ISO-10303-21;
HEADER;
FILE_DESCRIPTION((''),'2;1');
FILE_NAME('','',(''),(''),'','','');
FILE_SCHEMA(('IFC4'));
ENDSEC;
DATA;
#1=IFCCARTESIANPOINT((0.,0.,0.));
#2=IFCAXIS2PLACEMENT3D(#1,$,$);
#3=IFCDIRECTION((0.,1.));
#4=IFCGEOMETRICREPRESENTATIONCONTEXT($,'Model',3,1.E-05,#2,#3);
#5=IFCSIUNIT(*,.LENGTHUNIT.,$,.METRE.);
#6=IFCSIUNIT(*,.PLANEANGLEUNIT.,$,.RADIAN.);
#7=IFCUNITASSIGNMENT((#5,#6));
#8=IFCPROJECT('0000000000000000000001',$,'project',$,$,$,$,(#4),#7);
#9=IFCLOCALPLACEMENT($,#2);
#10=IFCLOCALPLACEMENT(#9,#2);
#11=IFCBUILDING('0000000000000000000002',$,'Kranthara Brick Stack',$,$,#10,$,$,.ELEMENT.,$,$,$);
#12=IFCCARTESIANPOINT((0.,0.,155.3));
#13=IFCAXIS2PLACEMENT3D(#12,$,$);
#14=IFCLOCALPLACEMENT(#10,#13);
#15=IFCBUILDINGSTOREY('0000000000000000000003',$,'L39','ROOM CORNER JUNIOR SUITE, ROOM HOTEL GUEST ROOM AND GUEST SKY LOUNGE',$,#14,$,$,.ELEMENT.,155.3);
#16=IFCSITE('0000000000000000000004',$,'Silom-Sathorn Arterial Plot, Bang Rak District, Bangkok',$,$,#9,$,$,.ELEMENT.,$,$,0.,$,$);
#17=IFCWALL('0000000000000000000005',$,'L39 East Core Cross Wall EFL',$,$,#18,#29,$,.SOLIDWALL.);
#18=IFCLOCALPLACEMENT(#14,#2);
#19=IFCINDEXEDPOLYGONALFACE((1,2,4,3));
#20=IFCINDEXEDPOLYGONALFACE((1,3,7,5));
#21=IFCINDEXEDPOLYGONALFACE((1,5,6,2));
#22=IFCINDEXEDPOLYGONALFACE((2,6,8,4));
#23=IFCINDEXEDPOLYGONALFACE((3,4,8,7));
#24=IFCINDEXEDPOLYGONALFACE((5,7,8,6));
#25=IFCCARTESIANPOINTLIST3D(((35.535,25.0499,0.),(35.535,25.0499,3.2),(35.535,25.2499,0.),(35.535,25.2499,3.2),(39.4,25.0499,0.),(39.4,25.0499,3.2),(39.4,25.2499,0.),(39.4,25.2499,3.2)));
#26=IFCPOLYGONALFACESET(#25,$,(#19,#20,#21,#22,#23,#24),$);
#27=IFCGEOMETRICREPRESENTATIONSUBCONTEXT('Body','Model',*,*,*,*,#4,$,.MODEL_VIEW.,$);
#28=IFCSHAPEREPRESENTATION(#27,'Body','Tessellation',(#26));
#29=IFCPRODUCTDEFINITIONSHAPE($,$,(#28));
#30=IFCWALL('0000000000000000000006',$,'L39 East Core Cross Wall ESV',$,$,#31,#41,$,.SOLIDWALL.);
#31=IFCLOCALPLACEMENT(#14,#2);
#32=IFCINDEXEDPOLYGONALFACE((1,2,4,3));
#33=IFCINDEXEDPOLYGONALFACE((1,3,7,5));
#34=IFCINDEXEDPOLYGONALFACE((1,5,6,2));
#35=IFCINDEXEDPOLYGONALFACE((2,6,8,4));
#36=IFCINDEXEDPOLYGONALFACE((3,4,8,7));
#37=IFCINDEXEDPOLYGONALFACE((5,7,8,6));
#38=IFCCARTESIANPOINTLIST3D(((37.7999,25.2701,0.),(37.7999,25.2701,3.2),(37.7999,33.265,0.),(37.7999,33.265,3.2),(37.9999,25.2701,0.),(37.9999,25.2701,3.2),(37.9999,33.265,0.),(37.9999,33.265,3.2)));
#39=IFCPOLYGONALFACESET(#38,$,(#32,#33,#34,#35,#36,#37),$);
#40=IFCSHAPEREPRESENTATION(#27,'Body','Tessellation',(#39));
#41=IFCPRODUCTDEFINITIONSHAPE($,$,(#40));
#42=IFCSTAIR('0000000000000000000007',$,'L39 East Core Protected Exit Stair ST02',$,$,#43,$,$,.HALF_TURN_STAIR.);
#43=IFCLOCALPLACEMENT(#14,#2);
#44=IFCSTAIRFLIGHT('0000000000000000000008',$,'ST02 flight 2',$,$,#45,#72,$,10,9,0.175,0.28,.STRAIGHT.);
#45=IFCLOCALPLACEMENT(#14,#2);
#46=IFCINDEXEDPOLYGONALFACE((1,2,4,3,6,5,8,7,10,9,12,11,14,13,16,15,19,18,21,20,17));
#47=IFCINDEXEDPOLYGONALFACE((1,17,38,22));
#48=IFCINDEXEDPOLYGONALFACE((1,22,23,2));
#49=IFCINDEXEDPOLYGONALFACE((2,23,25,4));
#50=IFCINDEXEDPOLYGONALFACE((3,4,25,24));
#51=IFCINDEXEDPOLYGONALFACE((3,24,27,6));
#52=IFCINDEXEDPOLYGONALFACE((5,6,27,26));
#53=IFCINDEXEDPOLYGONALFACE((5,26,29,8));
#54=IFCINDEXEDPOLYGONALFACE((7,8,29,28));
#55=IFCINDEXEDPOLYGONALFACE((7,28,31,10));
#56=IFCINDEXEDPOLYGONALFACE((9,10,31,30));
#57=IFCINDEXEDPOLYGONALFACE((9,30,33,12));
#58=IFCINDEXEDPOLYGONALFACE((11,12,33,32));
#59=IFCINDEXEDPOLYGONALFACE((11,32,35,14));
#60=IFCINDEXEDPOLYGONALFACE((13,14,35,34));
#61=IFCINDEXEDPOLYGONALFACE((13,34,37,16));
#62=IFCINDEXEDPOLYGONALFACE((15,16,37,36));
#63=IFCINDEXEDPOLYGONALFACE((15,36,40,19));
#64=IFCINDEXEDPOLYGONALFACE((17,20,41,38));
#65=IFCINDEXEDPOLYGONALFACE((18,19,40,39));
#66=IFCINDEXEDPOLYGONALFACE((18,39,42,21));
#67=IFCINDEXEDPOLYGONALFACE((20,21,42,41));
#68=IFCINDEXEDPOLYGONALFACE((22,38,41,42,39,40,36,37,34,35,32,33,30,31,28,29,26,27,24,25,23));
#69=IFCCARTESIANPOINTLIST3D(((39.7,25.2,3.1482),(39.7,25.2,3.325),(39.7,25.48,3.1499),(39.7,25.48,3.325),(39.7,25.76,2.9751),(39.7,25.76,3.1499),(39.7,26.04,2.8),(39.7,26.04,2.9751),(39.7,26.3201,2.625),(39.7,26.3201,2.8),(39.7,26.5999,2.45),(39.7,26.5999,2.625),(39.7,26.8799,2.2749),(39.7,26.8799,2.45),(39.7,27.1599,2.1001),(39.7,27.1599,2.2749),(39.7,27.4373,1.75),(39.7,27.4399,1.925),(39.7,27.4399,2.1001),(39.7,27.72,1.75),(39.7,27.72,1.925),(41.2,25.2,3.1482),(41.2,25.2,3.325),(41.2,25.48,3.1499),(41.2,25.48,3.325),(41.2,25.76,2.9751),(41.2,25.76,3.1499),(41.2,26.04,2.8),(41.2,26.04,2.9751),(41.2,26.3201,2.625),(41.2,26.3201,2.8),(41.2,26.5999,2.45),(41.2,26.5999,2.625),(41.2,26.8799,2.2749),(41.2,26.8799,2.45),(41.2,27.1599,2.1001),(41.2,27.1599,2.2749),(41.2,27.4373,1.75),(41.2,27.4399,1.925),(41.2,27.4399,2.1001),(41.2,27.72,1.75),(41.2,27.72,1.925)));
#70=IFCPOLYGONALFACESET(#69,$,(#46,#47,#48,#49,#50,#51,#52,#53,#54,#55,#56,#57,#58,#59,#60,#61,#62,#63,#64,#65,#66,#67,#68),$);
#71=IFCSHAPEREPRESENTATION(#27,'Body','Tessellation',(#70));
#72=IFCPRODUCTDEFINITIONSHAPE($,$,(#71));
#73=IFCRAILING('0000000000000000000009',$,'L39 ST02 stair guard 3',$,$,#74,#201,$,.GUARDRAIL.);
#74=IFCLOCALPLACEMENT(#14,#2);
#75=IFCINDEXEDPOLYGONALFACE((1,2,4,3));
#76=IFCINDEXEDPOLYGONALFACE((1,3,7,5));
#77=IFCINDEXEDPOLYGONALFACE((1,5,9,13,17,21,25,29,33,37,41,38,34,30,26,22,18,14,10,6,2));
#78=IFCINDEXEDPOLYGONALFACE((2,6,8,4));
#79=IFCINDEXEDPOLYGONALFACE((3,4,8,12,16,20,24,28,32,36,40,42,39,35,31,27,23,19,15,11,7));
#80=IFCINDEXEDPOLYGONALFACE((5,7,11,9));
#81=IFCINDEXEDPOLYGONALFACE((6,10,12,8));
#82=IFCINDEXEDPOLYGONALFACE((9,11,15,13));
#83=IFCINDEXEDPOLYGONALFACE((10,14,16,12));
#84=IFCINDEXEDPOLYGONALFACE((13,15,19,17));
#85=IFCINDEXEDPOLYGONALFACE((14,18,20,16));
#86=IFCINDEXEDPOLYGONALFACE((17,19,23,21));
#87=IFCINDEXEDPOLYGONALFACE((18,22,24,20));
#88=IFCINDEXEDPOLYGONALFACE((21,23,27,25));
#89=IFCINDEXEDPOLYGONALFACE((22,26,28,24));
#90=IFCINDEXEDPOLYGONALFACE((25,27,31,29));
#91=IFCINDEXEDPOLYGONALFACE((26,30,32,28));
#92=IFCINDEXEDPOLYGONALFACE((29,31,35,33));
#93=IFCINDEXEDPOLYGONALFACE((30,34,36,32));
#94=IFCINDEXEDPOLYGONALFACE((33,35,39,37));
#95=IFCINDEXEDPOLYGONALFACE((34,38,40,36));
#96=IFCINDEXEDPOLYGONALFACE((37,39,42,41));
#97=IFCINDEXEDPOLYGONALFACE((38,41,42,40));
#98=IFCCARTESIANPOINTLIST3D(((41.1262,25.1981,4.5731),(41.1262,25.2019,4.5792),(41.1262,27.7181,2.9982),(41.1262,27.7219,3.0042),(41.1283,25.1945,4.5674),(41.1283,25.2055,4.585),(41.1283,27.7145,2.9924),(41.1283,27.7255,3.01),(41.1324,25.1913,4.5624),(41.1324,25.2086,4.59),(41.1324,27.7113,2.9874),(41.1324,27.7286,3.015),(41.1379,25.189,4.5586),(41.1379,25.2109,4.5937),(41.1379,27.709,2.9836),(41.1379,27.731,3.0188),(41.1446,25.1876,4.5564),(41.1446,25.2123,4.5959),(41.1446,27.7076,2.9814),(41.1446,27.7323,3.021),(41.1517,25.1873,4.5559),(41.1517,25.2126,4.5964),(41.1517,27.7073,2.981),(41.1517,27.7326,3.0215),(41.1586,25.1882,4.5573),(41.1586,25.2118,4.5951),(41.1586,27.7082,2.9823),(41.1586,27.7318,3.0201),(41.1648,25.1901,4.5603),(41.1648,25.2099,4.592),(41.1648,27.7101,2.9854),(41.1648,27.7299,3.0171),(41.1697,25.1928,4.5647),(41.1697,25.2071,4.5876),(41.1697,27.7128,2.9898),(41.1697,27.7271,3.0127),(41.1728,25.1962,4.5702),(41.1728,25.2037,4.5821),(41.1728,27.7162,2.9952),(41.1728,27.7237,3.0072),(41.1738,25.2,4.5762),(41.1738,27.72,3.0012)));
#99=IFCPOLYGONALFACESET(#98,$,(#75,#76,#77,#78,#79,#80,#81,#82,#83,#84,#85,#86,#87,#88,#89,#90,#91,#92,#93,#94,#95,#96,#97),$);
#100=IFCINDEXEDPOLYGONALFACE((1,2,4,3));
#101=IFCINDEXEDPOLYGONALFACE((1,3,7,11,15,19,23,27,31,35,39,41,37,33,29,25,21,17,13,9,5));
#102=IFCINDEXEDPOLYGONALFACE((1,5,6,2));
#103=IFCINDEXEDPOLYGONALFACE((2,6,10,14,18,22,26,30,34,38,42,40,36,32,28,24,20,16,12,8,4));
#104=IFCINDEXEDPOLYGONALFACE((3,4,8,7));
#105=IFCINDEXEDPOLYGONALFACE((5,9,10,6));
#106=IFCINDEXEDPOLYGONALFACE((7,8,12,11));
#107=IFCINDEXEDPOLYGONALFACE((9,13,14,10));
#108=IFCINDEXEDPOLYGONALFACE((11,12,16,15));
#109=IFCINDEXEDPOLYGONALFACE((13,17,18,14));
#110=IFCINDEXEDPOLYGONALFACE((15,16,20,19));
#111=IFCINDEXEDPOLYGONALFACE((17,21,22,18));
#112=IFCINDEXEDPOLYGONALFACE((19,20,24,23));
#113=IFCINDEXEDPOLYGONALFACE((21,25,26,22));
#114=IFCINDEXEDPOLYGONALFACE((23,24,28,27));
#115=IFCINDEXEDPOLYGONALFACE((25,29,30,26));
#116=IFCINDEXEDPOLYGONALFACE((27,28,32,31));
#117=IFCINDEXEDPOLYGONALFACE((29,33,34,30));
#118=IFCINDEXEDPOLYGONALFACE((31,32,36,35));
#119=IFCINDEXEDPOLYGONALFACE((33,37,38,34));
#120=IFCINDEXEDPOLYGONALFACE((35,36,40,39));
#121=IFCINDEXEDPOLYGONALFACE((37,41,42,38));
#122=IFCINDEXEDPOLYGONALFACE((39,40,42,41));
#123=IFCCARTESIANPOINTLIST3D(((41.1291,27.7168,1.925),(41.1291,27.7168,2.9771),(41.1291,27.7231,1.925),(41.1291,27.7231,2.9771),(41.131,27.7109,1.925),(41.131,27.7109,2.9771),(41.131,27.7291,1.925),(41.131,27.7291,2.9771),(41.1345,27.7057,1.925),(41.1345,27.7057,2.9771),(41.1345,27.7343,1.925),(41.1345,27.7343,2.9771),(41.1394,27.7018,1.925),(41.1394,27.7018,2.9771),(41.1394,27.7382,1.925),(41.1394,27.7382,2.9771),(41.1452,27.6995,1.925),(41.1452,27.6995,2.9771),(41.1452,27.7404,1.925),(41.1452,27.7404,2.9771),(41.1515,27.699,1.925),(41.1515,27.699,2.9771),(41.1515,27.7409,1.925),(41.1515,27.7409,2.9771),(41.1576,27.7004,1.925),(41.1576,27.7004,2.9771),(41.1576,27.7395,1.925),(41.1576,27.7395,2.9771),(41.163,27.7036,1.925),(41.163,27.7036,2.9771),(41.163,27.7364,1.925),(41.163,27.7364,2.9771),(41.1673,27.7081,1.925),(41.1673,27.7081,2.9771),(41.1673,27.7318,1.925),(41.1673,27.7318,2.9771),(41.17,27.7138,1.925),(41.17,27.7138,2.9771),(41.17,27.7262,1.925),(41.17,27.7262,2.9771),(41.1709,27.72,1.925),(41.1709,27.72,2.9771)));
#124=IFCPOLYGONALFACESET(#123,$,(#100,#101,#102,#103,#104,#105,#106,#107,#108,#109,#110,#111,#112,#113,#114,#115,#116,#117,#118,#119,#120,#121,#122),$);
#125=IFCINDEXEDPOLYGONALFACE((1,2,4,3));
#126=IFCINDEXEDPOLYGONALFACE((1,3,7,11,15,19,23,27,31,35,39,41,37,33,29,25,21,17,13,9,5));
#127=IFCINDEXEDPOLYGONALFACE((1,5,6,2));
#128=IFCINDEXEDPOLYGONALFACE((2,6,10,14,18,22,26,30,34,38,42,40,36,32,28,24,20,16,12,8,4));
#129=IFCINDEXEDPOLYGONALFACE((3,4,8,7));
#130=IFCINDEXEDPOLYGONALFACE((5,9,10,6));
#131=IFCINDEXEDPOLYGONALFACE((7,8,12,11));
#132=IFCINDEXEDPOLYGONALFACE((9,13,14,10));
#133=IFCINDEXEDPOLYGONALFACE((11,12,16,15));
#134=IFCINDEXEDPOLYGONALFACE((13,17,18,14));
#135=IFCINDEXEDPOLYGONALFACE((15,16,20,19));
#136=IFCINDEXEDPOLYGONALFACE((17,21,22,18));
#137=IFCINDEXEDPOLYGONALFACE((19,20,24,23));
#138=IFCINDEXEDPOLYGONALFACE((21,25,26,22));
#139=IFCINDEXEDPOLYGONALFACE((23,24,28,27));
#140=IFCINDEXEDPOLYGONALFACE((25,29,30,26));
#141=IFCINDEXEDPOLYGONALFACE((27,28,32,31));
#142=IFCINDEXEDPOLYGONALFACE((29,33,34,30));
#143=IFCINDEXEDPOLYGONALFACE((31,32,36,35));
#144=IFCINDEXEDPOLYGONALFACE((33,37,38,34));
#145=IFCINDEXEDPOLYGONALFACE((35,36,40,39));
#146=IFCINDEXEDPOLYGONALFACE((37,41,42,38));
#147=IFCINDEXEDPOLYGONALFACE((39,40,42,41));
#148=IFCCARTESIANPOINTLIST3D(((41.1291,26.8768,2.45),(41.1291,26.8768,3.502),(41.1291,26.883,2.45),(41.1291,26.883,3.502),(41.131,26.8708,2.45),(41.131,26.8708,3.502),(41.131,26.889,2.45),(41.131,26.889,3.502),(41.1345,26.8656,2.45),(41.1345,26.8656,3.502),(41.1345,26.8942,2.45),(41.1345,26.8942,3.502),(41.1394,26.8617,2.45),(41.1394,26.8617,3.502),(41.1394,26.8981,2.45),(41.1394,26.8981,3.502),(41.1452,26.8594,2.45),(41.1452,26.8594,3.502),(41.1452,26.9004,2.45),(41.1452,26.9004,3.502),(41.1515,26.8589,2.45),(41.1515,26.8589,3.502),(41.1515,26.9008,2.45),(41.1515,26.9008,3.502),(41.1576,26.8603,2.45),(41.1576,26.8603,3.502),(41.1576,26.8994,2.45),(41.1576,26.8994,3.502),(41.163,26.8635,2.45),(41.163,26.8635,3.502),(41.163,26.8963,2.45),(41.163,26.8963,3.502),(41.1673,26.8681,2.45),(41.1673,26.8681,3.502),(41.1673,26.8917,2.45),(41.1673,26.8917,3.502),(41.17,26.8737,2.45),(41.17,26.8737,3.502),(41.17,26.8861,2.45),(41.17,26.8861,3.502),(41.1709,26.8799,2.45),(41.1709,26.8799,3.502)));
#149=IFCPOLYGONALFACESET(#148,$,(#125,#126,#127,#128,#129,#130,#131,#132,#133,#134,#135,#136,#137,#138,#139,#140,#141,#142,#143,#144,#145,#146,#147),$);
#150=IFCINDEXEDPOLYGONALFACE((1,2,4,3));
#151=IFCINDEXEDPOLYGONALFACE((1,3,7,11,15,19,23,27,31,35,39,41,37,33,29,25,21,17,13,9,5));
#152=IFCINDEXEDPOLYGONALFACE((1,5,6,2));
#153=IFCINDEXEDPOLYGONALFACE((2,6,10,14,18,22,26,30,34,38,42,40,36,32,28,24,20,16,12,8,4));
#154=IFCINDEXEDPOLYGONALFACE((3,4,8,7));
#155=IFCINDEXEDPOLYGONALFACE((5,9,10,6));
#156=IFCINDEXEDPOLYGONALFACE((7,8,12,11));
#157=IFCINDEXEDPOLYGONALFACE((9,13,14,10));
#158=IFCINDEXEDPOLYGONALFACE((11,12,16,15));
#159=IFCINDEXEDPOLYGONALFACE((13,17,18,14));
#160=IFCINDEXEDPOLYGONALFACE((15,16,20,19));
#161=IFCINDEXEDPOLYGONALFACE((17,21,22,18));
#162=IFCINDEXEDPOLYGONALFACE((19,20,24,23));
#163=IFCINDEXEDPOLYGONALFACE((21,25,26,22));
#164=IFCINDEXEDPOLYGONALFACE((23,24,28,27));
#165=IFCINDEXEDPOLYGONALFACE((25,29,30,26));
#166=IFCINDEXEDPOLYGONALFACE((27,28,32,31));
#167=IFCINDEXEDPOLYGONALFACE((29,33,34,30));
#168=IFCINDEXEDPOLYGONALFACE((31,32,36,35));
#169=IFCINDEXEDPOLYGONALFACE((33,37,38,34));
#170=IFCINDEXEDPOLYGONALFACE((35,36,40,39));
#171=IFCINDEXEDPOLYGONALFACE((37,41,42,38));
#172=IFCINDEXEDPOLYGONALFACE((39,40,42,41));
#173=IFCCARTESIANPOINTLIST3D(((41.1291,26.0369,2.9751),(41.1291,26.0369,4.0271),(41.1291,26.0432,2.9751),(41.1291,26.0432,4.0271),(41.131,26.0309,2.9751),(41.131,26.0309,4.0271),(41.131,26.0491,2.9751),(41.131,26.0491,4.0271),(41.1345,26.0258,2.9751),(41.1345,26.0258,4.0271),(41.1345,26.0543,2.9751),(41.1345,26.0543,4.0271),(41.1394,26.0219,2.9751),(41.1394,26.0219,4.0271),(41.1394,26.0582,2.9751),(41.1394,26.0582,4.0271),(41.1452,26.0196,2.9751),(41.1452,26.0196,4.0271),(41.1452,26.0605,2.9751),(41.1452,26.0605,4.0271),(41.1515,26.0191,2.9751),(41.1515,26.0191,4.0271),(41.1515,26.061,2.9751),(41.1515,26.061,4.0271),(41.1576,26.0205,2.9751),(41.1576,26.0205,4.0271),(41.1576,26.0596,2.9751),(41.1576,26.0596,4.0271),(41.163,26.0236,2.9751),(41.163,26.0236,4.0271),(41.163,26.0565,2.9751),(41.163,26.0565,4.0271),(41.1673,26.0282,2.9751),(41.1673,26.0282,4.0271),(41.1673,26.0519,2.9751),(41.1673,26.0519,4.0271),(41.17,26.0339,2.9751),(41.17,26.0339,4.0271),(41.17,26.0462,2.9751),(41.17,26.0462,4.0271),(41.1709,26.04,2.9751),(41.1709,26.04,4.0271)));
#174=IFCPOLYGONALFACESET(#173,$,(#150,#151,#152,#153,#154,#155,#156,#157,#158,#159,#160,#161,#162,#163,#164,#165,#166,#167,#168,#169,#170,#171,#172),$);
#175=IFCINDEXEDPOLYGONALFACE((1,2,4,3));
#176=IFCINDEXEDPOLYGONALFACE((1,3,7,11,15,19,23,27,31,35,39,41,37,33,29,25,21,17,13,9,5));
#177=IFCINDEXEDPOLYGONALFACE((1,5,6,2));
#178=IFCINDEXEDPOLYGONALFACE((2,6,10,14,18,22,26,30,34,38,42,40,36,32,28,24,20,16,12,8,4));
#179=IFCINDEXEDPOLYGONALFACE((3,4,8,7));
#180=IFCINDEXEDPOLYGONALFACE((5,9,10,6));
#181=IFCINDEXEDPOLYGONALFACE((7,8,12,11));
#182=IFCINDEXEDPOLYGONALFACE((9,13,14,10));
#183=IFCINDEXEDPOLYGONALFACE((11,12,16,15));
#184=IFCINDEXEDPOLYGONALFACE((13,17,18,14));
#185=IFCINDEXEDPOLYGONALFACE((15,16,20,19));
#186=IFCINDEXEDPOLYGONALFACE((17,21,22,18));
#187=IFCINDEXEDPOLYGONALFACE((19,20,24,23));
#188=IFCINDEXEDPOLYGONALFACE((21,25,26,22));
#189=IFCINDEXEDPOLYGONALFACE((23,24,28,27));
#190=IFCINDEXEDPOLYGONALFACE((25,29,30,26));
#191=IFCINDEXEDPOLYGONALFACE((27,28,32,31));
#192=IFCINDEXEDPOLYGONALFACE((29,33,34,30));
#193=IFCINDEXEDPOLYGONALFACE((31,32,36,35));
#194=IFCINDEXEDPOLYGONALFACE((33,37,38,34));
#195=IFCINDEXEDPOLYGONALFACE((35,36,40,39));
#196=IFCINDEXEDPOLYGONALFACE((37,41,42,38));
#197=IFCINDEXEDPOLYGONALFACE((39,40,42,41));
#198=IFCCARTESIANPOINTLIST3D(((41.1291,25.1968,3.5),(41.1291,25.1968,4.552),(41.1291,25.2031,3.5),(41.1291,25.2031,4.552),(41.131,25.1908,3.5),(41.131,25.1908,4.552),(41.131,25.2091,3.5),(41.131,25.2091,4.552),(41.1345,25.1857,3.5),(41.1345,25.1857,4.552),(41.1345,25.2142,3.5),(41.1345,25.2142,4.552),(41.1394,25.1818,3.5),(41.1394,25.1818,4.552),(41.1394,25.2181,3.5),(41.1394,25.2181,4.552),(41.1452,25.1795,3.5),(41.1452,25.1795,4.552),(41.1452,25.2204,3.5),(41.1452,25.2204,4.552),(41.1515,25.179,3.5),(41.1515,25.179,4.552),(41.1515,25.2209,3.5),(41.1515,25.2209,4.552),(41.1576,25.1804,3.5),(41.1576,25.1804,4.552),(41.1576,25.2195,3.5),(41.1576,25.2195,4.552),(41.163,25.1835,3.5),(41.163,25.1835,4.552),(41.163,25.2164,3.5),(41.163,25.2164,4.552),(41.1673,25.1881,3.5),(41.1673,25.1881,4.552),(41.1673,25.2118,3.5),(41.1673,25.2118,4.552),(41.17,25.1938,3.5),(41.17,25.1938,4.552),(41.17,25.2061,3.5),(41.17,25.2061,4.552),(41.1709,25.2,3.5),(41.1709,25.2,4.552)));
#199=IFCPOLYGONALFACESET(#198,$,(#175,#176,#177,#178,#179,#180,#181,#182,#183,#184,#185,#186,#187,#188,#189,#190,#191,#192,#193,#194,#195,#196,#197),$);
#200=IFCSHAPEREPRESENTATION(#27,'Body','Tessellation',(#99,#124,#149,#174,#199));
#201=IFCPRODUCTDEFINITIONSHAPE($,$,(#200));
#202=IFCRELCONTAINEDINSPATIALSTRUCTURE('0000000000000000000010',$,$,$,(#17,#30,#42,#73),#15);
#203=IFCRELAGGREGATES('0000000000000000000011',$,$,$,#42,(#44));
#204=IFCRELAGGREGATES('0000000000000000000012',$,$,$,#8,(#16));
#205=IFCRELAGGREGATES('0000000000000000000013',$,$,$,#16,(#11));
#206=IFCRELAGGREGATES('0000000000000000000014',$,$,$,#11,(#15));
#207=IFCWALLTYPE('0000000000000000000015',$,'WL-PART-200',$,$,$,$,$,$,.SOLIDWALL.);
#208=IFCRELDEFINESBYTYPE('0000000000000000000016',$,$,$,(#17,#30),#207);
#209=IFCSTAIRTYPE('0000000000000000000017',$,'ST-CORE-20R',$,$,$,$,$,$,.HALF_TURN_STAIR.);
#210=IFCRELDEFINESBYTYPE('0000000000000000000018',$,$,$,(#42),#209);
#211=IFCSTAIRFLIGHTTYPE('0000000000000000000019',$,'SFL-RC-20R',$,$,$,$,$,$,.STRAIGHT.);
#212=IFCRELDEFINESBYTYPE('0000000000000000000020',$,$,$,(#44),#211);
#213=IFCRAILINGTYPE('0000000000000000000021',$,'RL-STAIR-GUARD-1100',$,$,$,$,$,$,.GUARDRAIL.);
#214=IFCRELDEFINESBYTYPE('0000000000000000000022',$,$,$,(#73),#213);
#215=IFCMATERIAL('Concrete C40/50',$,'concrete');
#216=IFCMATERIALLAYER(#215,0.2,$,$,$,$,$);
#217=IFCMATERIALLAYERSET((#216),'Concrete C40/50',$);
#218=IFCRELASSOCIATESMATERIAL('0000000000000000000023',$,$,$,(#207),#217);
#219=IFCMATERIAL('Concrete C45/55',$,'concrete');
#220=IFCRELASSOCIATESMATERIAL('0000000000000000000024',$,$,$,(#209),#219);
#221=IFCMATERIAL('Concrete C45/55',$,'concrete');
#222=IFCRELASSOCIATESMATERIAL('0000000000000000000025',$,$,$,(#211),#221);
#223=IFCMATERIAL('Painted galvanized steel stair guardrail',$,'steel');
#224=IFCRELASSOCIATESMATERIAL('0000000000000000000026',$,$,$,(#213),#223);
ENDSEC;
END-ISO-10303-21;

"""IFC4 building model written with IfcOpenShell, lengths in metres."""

from ifc_helpers import new_model, si_unit, direction, frame, frame_2d, origin, origin_2d, place, context, subcontext, project, spatial, polyline, rectangle, circle, outline, extrude, material, layer, layer_set, type_object, element, aggregate, save


model = new_model("IFC4")

# Units and contexts
model_context = context("Model", 3, precision=1e-05, world=origin(), true_north=direction((0.0, 1.0)))
body_context = subcontext(model_context, "Body", "Model", "MODEL_VIEW")
ifc_project = project(units=[si_unit("LENGTHUNIT", "METRE"), si_unit("PLANEANGLEUNIT", "RADIAN")], contexts=[model_context])

# Site, building, storey
site_placement = place(None, origin())
site = spatial("IfcSite", under=ifc_project, at=site_placement, Name="Silom-Sathorn Arterial Plot, Bang Rak District, Bangkok", CompositionType="ELEMENT", RefElevation=0.0)
building_placement = place(site_placement, origin())
building = spatial("IfcBuilding", under=site, at=building_placement, Name="Kranthara Brick Stack", CompositionType="ELEMENT")
storey_placement = place(building_placement, frame((0.0, 0.0, 155.3)))
storey = spatial("IfcBuildingStorey", under=building, at=storey_placement, Name="L39", Description="ROOM CORNER JUNIOR SUITE, ROOM HOTEL GUEST ROOM AND GUEST SKY LOUNGE", CompositionType="ELEMENT", Elevation=155.3)

# Walls
ifc_material_1 = material(Name="Concrete C40/50", Category="concrete")
ifc_layer_1 = layer(ifc_material_1, 0.2)
ifc_layer_set_1 = layer_set([ifc_layer_1], Name="Concrete C40/50")
wall_type_1 = type_object("IfcWallType", Name="WL-PART-200", PredefinedType="SOLIDWALL", material=ifc_layer_set_1)
wall_1_placement = place(storey_placement, frame((35.5349, 25.1499, 0.0), z_axis=(0.0, 0.0, 1.0), x_axis=(1.0, 0.0, 0.0)))
element("IfcWall", 1, at=wall_1_placement, inside=storey, type_object=wall_type_1, Name="L39 East Core Cross Wall EFL", PredefinedType="SOLIDWALL", context=body_context, shape_type="SweptSolid", body=[
    extrude(rectangle(XDim=3.865, YDim=0.2, at=frame_2d((1.9326, 0.0))), origin(), (0.0, 0.0, 1.0), 3.2),
])
wall_2_placement = place(storey_placement, frame((37.8999, 25.27, 0.0), z_axis=(0.0, 0.0, 1.0), x_axis=(0.0, 1.0, 0.0)))
element("IfcWall", 2, at=wall_2_placement, inside=storey, type_object=wall_type_1, Name="L39 East Core Cross Wall ESV", PredefinedType="SOLIDWALL", context=body_context, shape_type="SweptSolid", body=[
    extrude(rectangle(XDim=7.9949, YDim=0.2, at=frame_2d((3.9976, 0.0))), origin(), (0.0, 0.0, 1.0), 3.2),
])

# Stair, stair flight
ifc_material_2 = material(Name="Concrete C45/55", Category="concrete")
stair_type = type_object("IfcStairType", Name="ST-CORE-20R", PredefinedType="HALF_TURN_STAIR", material=ifc_material_2)
stair_placement = place(storey_placement, origin())
stair = element("IfcStair", 3, at=stair_placement, inside=storey, type_object=stair_type, Name="L39 East Core Protected Exit Stair ST02", PredefinedType="HALF_TURN_STAIR")
ifc_material_3 = material(Name="Concrete C45/55", Category="concrete")
stair_flight_type = type_object("IfcStairFlightType", Name="SFL-RC-20R", PredefinedType="STRAIGHT", material=ifc_material_3)
stair_flight_placement = place(storey_placement, frame((40.45, 27.72, 1.75), z_axis=(0.0, 0.0, 1.0), x_axis=(0.0, -1.0, 0.0)))
stair_flight = element("IfcStairFlight", 4, at=stair_flight_placement, type_object=stair_flight_type, Name="ST02 flight 2", NumberOfRisers=10, NumberOfTreads=9, PredefinedType="STRAIGHT", RiserHeight=0.175, TreadLength=0.28, context=body_context, shape_type="SweptSolid", body=[
    extrude(outline(polyline([(0.0, 0.0), (0.0, 0.175), (0.28, 0.175), (0.28, 0.3501), (0.5601, 0.3501), (0.5601, 0.5249), (0.8401, 0.5249), (0.8401, 0.7), (1.1201, 0.7), (1.1201, 0.875), (1.3999, 0.875), (1.3999, 1.05), (1.6799, 1.05), (1.6799, 1.2251), (1.96, 1.2251), (1.96, 1.3999), (2.24, 1.3999), (2.24, 1.575), (2.52, 1.575), (2.52, 1.75), (2.52, 1.3982), (0.2827, 0.0), (0.0, 0.0)])), frame((0.0, 0.75, 0.0), z_axis=(0.0, -1.0, 0.0), x_axis=(1.0, 0.0, 0.0)), (0.0, 0.0, 1.0), 1.5),
])
aggregate(stair, [stair_flight])

# Railing
ifc_material_4 = material(Name="Painted galvanized steel stair guardrail", Category="steel")
railing_type_1 = type_object("IfcRailingType", Name="RL-STAIR-GUARD-1100", PredefinedType="GUARDRAIL", material=ifc_material_4)
railing_1_placement = place(storey_placement, frame((41.1499, 27.72, 1.925)))
element("IfcRailing", 5, at=railing_1_placement, inside=storey, type_object=railing_type_1, Name="L39 ST02 stair guard 3", PredefinedType="GUARDRAIL", context=body_context, shape_type="SweptSolid", body=[
    extrude(circle(Radius=0.0239, at=origin_2d()), frame((0.0, 0.0, 1.0762), z_axis=(0.0, -0.848008, 0.529984), x_axis=(1.0, 0.0, 0.0)), (0.0, 0.0, 1.0), 2.9717),
    extrude(circle(Radius=0.021, at=origin_2d()), origin(), (0.0, 0.0, 1.0), 1.052),
    extrude(circle(Radius=0.021, at=origin_2d()), frame((0.0, -0.8401, 0.5249)), (0.0, 0.0, 1.0), 1.052),
    extrude(circle(Radius=0.021, at=origin_2d()), frame((0.0, -1.6799, 1.05)), (0.0, 0.0, 1.0), 1.052),
    extrude(circle(Radius=0.021, at=origin_2d()), frame((0.0, -2.52, 1.575)), (0.0, 0.0, 1.0), 1.052),
])

save(model, "model.ifc")
